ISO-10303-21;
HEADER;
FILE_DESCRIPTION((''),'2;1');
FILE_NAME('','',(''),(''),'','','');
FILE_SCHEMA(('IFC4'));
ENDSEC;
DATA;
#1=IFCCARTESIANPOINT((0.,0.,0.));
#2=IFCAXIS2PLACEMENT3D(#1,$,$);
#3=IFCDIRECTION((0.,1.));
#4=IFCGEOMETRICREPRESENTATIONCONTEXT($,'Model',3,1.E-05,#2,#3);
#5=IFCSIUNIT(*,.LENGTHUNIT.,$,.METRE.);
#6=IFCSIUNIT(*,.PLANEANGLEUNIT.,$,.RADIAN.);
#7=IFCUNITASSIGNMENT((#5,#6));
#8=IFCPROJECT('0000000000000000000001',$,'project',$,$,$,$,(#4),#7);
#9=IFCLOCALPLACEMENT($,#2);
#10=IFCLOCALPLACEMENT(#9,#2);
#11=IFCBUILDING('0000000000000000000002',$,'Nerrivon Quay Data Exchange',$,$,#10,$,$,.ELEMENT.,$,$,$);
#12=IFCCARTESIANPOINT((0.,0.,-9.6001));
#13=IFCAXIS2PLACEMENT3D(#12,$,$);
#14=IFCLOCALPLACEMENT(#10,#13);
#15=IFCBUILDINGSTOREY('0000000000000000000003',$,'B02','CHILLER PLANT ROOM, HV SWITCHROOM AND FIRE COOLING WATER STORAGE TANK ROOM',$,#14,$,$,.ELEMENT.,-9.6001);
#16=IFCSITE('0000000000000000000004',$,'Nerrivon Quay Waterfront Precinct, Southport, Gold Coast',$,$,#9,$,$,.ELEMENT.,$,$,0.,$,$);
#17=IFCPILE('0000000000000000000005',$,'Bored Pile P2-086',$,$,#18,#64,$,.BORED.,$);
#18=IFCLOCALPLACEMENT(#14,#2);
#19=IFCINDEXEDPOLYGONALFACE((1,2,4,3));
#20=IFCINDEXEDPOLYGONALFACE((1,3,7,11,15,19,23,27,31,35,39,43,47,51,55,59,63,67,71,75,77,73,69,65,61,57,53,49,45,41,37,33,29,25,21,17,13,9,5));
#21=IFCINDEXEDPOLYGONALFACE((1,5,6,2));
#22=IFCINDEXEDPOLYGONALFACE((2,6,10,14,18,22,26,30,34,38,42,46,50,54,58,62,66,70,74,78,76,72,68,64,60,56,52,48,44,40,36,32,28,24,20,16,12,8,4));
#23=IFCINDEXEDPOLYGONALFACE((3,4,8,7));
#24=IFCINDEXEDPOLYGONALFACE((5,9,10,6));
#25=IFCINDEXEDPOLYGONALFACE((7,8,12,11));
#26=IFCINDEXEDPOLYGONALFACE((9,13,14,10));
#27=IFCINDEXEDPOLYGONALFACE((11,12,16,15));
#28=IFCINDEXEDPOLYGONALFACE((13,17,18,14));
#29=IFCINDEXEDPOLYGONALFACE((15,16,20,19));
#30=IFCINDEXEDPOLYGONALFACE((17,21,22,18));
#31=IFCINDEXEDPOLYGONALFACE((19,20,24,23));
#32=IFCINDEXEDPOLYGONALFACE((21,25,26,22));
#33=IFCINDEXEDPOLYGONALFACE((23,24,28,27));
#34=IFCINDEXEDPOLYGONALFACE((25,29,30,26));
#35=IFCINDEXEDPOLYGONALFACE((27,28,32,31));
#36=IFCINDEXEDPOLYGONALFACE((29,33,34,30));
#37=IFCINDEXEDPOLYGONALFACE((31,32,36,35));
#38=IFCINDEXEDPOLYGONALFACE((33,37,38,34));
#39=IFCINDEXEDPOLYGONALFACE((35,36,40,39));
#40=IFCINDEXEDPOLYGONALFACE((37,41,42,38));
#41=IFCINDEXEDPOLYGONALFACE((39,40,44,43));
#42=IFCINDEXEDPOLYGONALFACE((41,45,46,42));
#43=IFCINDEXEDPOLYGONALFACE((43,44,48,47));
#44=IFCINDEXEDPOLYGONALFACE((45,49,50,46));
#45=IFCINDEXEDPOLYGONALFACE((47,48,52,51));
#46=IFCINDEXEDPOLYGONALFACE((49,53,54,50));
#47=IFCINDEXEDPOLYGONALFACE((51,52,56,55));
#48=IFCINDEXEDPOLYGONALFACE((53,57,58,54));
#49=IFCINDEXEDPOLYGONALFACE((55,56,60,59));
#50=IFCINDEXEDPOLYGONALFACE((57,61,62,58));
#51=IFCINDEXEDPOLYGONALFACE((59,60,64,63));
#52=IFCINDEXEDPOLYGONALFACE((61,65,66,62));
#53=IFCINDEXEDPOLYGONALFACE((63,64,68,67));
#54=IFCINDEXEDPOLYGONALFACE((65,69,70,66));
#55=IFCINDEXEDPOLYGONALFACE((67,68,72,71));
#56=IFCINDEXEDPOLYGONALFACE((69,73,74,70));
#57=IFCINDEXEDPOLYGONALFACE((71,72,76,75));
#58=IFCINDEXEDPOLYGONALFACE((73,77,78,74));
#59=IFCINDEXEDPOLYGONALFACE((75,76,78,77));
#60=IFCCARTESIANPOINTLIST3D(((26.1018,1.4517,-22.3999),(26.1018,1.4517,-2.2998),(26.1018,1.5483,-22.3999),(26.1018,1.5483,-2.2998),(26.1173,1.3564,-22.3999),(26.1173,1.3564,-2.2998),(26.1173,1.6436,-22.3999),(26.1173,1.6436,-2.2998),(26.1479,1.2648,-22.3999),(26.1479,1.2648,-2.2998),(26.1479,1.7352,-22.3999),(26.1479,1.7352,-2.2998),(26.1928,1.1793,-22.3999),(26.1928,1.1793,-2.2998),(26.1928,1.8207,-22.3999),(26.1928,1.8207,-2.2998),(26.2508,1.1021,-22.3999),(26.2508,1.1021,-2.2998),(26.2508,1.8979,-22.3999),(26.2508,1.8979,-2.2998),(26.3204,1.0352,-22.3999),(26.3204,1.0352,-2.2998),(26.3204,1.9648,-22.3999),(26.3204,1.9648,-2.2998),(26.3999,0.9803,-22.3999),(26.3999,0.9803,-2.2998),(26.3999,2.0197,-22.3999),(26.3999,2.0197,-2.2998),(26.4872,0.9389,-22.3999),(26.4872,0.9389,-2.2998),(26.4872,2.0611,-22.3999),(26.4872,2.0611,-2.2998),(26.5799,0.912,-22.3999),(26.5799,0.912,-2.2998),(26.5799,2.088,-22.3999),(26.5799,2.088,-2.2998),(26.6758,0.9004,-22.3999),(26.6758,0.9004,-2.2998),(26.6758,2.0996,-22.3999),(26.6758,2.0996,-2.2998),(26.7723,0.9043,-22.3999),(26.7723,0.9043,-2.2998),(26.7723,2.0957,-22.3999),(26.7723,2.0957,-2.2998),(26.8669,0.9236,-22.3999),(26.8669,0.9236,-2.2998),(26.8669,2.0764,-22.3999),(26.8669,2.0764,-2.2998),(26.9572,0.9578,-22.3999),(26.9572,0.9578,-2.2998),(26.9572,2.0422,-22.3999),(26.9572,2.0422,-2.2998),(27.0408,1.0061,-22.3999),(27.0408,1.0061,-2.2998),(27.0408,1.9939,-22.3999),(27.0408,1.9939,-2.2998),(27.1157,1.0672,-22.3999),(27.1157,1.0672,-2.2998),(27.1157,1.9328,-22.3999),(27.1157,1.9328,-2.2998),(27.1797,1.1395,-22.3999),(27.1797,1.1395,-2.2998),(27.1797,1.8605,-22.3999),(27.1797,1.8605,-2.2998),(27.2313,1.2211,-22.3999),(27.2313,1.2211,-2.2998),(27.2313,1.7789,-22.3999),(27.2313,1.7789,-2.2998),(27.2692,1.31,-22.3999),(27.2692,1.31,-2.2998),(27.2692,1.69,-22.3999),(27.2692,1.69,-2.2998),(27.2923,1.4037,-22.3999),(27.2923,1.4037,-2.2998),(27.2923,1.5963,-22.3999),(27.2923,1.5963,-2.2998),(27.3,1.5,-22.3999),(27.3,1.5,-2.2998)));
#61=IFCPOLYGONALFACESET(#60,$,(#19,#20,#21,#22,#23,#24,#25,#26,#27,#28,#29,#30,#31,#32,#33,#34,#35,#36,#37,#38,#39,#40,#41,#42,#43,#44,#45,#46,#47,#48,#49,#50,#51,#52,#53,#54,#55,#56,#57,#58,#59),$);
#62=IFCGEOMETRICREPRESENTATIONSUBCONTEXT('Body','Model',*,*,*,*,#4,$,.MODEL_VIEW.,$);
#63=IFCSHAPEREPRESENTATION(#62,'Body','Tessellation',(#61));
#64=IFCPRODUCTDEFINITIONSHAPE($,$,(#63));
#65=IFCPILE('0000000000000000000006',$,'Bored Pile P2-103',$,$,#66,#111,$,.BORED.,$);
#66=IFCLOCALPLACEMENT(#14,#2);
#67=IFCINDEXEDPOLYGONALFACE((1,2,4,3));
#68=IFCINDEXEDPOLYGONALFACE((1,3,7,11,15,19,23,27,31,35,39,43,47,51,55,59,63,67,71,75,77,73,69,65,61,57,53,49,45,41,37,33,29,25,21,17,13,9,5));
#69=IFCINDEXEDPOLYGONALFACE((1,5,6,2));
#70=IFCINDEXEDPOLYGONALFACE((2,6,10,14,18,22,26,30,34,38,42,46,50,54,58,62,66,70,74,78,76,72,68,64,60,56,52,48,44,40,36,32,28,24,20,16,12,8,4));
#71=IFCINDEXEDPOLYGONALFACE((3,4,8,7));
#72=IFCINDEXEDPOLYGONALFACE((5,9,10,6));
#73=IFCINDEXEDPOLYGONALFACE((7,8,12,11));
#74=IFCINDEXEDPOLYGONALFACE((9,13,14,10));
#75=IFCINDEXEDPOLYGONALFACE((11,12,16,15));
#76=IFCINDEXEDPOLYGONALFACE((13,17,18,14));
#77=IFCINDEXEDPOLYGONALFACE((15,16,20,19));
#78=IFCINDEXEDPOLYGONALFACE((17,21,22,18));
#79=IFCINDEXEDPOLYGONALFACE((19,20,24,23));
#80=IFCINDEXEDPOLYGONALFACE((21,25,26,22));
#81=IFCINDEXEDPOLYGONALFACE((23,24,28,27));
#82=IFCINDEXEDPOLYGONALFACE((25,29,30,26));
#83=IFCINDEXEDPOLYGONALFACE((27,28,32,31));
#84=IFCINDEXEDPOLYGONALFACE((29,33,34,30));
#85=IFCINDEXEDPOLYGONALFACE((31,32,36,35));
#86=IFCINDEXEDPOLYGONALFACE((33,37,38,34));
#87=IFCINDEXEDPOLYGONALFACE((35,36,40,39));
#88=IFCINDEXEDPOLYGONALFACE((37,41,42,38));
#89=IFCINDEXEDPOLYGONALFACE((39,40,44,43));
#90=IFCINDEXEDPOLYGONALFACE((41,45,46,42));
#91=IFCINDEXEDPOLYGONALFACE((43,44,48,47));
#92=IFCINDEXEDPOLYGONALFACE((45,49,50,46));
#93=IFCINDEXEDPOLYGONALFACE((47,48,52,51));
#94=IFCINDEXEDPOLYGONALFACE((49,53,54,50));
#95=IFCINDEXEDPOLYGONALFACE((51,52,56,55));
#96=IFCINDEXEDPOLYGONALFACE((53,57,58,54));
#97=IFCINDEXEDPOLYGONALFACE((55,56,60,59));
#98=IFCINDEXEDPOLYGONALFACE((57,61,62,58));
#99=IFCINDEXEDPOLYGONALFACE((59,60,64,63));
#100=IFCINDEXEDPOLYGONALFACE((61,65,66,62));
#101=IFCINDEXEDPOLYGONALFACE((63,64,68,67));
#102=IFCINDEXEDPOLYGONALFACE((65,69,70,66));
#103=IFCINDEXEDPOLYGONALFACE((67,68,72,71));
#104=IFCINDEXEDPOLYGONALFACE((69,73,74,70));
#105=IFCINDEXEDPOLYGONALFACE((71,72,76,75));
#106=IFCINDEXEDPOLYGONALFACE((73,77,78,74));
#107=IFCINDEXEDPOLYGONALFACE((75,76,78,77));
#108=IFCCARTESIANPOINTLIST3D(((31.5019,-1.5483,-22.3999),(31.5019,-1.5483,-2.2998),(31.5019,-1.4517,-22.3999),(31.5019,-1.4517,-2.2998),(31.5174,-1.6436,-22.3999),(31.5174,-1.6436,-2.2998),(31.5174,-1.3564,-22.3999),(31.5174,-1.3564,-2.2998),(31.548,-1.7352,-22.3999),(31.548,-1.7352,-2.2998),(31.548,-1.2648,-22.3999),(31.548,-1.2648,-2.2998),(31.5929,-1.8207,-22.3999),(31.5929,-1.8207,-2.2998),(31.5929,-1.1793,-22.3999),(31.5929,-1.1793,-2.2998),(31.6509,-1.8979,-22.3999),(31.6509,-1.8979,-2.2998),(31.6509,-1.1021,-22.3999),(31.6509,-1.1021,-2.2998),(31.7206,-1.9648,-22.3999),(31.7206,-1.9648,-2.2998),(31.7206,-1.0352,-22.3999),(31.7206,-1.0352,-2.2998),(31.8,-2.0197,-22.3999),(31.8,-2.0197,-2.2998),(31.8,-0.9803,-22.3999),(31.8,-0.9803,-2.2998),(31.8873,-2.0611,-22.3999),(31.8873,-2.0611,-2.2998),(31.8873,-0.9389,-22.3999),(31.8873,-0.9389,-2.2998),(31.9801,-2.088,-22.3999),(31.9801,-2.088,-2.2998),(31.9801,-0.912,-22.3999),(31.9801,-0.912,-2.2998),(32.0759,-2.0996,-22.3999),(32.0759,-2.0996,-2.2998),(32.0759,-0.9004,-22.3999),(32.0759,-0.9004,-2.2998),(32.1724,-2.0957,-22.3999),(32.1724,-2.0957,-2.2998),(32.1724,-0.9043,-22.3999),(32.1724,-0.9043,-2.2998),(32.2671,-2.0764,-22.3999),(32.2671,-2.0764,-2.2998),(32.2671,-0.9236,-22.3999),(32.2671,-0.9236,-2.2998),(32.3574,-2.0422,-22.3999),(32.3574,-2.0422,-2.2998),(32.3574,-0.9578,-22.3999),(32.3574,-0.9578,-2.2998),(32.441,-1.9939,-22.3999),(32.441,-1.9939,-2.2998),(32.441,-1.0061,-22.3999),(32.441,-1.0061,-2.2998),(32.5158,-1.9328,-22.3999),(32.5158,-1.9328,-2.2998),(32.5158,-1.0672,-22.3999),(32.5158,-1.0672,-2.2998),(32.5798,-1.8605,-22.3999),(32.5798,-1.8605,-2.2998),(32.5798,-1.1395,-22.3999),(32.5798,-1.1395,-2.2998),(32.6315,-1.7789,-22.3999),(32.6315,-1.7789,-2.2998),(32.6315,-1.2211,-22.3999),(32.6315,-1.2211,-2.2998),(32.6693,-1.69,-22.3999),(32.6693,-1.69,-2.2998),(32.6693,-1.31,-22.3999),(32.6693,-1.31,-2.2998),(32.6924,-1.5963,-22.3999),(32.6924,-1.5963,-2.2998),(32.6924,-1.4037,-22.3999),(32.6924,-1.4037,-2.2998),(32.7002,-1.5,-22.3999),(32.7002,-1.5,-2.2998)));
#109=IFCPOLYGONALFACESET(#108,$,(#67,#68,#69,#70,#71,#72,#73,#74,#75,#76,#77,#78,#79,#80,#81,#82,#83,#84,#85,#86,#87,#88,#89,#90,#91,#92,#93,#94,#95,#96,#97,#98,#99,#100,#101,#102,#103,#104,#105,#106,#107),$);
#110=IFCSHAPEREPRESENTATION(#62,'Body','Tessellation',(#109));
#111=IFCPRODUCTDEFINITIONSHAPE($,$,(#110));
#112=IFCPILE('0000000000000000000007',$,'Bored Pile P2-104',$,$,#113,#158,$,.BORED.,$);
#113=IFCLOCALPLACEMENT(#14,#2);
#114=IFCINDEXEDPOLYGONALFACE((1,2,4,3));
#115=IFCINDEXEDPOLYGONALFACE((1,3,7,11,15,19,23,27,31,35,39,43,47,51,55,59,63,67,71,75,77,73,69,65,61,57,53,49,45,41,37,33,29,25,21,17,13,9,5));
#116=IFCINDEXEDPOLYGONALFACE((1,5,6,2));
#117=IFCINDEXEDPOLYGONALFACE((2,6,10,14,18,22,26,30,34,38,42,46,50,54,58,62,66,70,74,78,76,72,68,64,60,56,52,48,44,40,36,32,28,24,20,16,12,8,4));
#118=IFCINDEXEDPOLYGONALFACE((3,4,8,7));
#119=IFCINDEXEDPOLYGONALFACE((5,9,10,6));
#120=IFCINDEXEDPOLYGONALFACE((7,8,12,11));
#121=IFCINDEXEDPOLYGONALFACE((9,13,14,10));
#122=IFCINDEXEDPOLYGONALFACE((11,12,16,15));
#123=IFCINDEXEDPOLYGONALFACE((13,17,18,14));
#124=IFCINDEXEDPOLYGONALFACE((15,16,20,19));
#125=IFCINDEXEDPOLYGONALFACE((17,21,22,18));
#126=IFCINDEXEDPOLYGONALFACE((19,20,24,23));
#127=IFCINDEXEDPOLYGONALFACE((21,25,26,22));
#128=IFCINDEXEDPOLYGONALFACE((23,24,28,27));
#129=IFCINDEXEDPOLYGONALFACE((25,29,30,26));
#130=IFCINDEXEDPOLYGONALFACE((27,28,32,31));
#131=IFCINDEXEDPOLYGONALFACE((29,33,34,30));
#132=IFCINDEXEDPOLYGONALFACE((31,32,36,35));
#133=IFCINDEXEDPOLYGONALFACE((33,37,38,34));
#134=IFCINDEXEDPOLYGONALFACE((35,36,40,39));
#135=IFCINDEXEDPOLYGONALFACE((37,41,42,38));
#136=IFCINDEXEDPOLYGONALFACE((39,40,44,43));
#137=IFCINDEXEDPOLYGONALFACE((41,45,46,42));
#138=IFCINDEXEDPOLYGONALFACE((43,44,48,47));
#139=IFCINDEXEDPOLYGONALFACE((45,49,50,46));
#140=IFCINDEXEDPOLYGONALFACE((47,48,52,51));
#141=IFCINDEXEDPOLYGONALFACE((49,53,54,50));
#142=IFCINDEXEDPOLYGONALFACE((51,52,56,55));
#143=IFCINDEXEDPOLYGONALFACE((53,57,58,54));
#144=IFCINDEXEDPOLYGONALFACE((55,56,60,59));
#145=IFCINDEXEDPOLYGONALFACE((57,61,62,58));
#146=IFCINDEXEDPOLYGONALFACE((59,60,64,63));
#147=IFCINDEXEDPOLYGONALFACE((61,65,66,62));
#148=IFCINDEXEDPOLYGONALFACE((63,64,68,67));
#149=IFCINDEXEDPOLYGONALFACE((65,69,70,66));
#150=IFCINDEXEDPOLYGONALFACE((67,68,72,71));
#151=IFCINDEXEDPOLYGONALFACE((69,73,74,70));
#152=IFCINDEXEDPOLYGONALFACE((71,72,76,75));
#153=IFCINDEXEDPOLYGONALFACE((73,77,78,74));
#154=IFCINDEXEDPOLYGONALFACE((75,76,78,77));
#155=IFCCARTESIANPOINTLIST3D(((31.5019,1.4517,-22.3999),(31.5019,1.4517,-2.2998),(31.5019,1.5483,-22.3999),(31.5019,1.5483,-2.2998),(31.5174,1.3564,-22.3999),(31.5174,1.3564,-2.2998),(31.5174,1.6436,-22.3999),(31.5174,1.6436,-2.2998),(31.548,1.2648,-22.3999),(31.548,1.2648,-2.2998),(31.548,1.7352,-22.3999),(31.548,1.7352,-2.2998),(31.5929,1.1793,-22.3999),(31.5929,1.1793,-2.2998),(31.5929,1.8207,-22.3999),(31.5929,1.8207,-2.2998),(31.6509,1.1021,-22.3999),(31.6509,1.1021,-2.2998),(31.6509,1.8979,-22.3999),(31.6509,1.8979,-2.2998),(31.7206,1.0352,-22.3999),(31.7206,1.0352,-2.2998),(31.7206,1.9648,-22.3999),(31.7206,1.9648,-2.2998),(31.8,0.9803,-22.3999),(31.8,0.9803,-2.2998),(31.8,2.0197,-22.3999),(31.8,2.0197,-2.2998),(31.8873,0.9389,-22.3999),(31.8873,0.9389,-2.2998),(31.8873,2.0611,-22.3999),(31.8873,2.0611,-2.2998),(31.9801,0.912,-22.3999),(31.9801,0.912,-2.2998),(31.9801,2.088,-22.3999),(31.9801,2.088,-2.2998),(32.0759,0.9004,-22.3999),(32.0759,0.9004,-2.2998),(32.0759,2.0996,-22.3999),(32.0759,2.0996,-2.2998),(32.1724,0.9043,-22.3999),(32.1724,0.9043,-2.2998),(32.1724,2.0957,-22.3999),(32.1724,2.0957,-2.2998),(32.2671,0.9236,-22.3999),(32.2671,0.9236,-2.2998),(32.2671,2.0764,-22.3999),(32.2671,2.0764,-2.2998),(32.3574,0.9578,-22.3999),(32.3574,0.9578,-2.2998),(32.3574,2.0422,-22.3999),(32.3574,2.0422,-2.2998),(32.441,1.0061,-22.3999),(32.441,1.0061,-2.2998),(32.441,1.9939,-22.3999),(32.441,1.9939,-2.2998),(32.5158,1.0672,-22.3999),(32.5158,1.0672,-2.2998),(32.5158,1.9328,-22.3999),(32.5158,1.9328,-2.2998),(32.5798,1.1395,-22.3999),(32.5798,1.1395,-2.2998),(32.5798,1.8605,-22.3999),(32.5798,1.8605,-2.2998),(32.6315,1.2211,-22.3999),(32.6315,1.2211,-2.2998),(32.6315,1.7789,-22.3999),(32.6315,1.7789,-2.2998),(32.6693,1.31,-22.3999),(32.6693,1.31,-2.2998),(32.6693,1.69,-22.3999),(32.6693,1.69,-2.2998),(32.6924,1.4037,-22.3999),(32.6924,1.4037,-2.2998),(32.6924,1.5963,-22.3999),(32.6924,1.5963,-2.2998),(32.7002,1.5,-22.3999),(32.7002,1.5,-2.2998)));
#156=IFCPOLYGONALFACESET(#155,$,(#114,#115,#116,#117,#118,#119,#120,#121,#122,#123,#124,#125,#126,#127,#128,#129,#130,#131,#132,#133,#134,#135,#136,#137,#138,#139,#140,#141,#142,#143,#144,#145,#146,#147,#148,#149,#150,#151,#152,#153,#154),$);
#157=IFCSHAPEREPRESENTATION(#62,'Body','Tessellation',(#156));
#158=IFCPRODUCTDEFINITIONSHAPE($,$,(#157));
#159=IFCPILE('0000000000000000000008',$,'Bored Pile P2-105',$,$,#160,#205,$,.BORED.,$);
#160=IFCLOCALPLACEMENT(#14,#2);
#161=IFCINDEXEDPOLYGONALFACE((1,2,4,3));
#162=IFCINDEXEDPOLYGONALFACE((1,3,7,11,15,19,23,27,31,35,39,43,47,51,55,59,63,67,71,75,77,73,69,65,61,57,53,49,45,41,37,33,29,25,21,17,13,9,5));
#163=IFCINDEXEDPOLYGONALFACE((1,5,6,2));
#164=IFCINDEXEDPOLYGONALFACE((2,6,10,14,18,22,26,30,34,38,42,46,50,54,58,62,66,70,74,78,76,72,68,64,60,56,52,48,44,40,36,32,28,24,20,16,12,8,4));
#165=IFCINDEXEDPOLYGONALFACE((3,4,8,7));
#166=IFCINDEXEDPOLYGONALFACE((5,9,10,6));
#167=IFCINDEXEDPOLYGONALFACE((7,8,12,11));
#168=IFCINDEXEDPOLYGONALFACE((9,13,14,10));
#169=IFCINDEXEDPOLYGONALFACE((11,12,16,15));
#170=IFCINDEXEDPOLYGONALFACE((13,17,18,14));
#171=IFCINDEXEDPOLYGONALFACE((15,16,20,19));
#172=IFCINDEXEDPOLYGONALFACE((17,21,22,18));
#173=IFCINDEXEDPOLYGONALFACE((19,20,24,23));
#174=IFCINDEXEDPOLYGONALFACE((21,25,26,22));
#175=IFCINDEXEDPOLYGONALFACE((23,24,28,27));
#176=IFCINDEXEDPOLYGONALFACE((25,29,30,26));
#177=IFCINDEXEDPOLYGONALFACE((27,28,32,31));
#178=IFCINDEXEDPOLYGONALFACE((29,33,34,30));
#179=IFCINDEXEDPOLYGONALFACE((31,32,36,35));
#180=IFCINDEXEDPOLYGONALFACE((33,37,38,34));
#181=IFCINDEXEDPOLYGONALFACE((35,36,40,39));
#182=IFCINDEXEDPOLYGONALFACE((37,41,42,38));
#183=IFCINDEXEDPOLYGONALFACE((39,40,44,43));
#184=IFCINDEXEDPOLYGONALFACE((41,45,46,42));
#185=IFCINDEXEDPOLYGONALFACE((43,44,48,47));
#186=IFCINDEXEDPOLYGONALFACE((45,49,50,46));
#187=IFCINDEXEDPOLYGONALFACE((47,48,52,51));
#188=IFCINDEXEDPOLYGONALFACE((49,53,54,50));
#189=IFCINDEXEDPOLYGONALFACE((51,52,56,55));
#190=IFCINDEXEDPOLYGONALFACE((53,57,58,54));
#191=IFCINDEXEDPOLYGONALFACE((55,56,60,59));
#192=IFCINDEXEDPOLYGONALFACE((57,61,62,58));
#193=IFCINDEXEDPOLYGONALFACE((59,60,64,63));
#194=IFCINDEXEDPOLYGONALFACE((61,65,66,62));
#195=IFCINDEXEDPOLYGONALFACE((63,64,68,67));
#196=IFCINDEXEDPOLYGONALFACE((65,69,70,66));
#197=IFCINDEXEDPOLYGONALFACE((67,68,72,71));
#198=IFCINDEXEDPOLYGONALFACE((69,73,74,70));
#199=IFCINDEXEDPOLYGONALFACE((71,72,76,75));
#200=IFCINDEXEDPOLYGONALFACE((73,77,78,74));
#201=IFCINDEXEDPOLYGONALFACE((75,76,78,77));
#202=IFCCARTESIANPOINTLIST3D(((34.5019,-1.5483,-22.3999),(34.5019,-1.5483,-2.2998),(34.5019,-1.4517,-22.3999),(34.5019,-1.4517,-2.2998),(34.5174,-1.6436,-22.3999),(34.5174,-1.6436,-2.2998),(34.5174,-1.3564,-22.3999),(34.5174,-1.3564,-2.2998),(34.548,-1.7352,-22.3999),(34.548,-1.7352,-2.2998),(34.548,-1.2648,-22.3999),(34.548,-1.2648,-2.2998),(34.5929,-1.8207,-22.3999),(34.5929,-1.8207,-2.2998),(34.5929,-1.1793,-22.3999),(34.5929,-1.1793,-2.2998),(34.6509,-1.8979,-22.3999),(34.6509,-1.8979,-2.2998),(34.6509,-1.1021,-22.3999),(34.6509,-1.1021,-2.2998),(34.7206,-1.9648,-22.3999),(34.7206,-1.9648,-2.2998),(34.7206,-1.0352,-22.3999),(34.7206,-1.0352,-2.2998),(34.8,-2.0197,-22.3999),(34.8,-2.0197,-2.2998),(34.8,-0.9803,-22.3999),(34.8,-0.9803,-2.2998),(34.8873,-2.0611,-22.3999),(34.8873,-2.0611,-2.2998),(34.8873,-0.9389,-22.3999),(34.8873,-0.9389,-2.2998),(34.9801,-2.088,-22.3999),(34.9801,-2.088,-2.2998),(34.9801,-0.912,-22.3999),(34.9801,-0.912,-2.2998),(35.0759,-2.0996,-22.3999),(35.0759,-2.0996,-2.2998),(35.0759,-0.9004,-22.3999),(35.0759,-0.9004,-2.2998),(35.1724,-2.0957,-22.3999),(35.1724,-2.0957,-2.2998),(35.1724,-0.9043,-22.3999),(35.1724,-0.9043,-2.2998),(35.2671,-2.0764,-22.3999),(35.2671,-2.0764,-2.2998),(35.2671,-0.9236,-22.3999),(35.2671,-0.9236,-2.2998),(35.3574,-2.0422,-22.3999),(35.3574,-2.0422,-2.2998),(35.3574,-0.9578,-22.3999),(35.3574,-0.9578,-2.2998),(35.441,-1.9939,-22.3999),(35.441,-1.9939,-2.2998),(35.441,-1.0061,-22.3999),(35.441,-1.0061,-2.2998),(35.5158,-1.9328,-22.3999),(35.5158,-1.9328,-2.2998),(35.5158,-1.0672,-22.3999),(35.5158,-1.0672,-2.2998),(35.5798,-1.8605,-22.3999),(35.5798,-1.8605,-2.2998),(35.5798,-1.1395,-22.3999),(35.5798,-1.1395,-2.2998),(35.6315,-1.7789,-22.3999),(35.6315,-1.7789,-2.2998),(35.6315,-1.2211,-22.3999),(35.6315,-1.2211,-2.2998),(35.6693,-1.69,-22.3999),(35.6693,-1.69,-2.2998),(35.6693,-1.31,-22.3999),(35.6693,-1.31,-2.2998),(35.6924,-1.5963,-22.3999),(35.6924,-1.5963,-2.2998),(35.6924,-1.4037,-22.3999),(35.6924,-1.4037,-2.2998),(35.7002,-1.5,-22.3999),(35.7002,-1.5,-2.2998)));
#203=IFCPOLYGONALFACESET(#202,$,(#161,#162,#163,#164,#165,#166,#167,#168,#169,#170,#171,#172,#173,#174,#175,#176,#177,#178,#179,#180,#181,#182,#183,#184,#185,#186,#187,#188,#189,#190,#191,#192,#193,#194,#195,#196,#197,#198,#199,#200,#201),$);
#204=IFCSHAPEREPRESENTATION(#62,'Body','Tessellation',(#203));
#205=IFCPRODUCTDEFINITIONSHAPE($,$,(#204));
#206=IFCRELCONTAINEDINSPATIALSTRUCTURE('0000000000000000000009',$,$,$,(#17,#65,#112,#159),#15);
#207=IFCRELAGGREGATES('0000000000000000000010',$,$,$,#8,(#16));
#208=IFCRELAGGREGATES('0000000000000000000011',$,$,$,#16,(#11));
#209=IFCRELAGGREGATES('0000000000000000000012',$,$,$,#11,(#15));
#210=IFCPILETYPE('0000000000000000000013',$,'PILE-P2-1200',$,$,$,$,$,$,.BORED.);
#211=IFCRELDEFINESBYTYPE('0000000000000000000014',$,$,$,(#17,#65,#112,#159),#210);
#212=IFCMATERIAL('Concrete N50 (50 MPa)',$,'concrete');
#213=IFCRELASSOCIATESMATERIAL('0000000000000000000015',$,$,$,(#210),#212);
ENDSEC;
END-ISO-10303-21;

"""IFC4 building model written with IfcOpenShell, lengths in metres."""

from ifc_helpers import new_model, si_unit, direction, frame, origin, origin_2d, place, context, subcontext, project, spatial, circle, extrude, material, material_profile, profile_set, type_object, element, save


model = new_model("IFC4")

# Units and contexts
model_context = context("Model", 3, precision=1e-05, world=origin(), true_north=direction((0.0, 1.0)))
body_context = subcontext(model_context, "Body", "Model", "MODEL_VIEW")
ifc_project = project(units=[si_unit("LENGTHUNIT", "METRE"), si_unit("PLANEANGLEUNIT", "RADIAN")], contexts=[model_context])

# Site, building, storey
site_placement = place(None, origin())
site = spatial("IfcSite", under=ifc_project, at=site_placement, Name="Nerrivon Quay Waterfront Precinct, Southport, Gold Coast", CompositionType="ELEMENT", RefElevation=0.0)
building_placement = place(site_placement, origin())
building = spatial("IfcBuilding", under=site, at=building_placement, Name="Nerrivon Quay Data Exchange", CompositionType="ELEMENT")
storey_placement = place(building_placement, frame((0.0, 0.0, -9.6001)))
storey = spatial("IfcBuildingStorey", under=building, at=storey_placement, Name="B02", Description="CHILLER PLANT ROOM, HV SWITCHROOM AND FIRE COOLING WATER STORAGE TANK ROOM", CompositionType="ELEMENT", Elevation=-9.6001)

# Piles
ifc_material_1 = material(Name="Concrete N50 (50 MPa)", Category="concrete")
ifc_material_profile_1 = material_profile(ifc_material_1, circle(Radius=0.6001, at=origin_2d()), Name="PILE-1200")
ifc_profile_set_1 = profile_set([ifc_material_profile_1], Name="Concrete N50 (50 MPa)")
pile_type_1 = type_object("IfcPileType", Name="PILE-P2-1200", PredefinedType="BORED", material=ifc_profile_set_1)
for number, where, z_axis, x_axis, name in (
    (1, (26.7, 1.5, -2.2998), (0.0, 0.0, -1.0), (1.0, 0.0, 0.0), "Bored Pile P2-086"),
    (2, (32.1001, -1.5, -2.2998), (0.0, 0.0, -1.0), (1.0, 0.0, 0.0), "Bored Pile P2-103"),
    (3, (32.1001, 1.5, -2.2998), (0.0, 0.0, -1.0), (1.0, 0.0, 0.0), "Bored Pile P2-104"),
    (4, (35.1001, -1.5, -2.2998), (0.0, 0.0, -1.0), (1.0, 0.0, 0.0), "Bored Pile P2-105"),
):
    element("IfcPile", number, at=place(storey_placement, frame(where, z_axis=z_axis, x_axis=x_axis)), inside=storey, type_object=pile_type_1, Name=name, PredefinedType="BORED", context=body_context, shape_type="SweptSolid", body=[
        extrude(circle(Radius=0.6001, at=origin_2d()), origin(), (0.0, 0.0, 1.0), 20.1001),
    ])

save(model, "model.ifc")
